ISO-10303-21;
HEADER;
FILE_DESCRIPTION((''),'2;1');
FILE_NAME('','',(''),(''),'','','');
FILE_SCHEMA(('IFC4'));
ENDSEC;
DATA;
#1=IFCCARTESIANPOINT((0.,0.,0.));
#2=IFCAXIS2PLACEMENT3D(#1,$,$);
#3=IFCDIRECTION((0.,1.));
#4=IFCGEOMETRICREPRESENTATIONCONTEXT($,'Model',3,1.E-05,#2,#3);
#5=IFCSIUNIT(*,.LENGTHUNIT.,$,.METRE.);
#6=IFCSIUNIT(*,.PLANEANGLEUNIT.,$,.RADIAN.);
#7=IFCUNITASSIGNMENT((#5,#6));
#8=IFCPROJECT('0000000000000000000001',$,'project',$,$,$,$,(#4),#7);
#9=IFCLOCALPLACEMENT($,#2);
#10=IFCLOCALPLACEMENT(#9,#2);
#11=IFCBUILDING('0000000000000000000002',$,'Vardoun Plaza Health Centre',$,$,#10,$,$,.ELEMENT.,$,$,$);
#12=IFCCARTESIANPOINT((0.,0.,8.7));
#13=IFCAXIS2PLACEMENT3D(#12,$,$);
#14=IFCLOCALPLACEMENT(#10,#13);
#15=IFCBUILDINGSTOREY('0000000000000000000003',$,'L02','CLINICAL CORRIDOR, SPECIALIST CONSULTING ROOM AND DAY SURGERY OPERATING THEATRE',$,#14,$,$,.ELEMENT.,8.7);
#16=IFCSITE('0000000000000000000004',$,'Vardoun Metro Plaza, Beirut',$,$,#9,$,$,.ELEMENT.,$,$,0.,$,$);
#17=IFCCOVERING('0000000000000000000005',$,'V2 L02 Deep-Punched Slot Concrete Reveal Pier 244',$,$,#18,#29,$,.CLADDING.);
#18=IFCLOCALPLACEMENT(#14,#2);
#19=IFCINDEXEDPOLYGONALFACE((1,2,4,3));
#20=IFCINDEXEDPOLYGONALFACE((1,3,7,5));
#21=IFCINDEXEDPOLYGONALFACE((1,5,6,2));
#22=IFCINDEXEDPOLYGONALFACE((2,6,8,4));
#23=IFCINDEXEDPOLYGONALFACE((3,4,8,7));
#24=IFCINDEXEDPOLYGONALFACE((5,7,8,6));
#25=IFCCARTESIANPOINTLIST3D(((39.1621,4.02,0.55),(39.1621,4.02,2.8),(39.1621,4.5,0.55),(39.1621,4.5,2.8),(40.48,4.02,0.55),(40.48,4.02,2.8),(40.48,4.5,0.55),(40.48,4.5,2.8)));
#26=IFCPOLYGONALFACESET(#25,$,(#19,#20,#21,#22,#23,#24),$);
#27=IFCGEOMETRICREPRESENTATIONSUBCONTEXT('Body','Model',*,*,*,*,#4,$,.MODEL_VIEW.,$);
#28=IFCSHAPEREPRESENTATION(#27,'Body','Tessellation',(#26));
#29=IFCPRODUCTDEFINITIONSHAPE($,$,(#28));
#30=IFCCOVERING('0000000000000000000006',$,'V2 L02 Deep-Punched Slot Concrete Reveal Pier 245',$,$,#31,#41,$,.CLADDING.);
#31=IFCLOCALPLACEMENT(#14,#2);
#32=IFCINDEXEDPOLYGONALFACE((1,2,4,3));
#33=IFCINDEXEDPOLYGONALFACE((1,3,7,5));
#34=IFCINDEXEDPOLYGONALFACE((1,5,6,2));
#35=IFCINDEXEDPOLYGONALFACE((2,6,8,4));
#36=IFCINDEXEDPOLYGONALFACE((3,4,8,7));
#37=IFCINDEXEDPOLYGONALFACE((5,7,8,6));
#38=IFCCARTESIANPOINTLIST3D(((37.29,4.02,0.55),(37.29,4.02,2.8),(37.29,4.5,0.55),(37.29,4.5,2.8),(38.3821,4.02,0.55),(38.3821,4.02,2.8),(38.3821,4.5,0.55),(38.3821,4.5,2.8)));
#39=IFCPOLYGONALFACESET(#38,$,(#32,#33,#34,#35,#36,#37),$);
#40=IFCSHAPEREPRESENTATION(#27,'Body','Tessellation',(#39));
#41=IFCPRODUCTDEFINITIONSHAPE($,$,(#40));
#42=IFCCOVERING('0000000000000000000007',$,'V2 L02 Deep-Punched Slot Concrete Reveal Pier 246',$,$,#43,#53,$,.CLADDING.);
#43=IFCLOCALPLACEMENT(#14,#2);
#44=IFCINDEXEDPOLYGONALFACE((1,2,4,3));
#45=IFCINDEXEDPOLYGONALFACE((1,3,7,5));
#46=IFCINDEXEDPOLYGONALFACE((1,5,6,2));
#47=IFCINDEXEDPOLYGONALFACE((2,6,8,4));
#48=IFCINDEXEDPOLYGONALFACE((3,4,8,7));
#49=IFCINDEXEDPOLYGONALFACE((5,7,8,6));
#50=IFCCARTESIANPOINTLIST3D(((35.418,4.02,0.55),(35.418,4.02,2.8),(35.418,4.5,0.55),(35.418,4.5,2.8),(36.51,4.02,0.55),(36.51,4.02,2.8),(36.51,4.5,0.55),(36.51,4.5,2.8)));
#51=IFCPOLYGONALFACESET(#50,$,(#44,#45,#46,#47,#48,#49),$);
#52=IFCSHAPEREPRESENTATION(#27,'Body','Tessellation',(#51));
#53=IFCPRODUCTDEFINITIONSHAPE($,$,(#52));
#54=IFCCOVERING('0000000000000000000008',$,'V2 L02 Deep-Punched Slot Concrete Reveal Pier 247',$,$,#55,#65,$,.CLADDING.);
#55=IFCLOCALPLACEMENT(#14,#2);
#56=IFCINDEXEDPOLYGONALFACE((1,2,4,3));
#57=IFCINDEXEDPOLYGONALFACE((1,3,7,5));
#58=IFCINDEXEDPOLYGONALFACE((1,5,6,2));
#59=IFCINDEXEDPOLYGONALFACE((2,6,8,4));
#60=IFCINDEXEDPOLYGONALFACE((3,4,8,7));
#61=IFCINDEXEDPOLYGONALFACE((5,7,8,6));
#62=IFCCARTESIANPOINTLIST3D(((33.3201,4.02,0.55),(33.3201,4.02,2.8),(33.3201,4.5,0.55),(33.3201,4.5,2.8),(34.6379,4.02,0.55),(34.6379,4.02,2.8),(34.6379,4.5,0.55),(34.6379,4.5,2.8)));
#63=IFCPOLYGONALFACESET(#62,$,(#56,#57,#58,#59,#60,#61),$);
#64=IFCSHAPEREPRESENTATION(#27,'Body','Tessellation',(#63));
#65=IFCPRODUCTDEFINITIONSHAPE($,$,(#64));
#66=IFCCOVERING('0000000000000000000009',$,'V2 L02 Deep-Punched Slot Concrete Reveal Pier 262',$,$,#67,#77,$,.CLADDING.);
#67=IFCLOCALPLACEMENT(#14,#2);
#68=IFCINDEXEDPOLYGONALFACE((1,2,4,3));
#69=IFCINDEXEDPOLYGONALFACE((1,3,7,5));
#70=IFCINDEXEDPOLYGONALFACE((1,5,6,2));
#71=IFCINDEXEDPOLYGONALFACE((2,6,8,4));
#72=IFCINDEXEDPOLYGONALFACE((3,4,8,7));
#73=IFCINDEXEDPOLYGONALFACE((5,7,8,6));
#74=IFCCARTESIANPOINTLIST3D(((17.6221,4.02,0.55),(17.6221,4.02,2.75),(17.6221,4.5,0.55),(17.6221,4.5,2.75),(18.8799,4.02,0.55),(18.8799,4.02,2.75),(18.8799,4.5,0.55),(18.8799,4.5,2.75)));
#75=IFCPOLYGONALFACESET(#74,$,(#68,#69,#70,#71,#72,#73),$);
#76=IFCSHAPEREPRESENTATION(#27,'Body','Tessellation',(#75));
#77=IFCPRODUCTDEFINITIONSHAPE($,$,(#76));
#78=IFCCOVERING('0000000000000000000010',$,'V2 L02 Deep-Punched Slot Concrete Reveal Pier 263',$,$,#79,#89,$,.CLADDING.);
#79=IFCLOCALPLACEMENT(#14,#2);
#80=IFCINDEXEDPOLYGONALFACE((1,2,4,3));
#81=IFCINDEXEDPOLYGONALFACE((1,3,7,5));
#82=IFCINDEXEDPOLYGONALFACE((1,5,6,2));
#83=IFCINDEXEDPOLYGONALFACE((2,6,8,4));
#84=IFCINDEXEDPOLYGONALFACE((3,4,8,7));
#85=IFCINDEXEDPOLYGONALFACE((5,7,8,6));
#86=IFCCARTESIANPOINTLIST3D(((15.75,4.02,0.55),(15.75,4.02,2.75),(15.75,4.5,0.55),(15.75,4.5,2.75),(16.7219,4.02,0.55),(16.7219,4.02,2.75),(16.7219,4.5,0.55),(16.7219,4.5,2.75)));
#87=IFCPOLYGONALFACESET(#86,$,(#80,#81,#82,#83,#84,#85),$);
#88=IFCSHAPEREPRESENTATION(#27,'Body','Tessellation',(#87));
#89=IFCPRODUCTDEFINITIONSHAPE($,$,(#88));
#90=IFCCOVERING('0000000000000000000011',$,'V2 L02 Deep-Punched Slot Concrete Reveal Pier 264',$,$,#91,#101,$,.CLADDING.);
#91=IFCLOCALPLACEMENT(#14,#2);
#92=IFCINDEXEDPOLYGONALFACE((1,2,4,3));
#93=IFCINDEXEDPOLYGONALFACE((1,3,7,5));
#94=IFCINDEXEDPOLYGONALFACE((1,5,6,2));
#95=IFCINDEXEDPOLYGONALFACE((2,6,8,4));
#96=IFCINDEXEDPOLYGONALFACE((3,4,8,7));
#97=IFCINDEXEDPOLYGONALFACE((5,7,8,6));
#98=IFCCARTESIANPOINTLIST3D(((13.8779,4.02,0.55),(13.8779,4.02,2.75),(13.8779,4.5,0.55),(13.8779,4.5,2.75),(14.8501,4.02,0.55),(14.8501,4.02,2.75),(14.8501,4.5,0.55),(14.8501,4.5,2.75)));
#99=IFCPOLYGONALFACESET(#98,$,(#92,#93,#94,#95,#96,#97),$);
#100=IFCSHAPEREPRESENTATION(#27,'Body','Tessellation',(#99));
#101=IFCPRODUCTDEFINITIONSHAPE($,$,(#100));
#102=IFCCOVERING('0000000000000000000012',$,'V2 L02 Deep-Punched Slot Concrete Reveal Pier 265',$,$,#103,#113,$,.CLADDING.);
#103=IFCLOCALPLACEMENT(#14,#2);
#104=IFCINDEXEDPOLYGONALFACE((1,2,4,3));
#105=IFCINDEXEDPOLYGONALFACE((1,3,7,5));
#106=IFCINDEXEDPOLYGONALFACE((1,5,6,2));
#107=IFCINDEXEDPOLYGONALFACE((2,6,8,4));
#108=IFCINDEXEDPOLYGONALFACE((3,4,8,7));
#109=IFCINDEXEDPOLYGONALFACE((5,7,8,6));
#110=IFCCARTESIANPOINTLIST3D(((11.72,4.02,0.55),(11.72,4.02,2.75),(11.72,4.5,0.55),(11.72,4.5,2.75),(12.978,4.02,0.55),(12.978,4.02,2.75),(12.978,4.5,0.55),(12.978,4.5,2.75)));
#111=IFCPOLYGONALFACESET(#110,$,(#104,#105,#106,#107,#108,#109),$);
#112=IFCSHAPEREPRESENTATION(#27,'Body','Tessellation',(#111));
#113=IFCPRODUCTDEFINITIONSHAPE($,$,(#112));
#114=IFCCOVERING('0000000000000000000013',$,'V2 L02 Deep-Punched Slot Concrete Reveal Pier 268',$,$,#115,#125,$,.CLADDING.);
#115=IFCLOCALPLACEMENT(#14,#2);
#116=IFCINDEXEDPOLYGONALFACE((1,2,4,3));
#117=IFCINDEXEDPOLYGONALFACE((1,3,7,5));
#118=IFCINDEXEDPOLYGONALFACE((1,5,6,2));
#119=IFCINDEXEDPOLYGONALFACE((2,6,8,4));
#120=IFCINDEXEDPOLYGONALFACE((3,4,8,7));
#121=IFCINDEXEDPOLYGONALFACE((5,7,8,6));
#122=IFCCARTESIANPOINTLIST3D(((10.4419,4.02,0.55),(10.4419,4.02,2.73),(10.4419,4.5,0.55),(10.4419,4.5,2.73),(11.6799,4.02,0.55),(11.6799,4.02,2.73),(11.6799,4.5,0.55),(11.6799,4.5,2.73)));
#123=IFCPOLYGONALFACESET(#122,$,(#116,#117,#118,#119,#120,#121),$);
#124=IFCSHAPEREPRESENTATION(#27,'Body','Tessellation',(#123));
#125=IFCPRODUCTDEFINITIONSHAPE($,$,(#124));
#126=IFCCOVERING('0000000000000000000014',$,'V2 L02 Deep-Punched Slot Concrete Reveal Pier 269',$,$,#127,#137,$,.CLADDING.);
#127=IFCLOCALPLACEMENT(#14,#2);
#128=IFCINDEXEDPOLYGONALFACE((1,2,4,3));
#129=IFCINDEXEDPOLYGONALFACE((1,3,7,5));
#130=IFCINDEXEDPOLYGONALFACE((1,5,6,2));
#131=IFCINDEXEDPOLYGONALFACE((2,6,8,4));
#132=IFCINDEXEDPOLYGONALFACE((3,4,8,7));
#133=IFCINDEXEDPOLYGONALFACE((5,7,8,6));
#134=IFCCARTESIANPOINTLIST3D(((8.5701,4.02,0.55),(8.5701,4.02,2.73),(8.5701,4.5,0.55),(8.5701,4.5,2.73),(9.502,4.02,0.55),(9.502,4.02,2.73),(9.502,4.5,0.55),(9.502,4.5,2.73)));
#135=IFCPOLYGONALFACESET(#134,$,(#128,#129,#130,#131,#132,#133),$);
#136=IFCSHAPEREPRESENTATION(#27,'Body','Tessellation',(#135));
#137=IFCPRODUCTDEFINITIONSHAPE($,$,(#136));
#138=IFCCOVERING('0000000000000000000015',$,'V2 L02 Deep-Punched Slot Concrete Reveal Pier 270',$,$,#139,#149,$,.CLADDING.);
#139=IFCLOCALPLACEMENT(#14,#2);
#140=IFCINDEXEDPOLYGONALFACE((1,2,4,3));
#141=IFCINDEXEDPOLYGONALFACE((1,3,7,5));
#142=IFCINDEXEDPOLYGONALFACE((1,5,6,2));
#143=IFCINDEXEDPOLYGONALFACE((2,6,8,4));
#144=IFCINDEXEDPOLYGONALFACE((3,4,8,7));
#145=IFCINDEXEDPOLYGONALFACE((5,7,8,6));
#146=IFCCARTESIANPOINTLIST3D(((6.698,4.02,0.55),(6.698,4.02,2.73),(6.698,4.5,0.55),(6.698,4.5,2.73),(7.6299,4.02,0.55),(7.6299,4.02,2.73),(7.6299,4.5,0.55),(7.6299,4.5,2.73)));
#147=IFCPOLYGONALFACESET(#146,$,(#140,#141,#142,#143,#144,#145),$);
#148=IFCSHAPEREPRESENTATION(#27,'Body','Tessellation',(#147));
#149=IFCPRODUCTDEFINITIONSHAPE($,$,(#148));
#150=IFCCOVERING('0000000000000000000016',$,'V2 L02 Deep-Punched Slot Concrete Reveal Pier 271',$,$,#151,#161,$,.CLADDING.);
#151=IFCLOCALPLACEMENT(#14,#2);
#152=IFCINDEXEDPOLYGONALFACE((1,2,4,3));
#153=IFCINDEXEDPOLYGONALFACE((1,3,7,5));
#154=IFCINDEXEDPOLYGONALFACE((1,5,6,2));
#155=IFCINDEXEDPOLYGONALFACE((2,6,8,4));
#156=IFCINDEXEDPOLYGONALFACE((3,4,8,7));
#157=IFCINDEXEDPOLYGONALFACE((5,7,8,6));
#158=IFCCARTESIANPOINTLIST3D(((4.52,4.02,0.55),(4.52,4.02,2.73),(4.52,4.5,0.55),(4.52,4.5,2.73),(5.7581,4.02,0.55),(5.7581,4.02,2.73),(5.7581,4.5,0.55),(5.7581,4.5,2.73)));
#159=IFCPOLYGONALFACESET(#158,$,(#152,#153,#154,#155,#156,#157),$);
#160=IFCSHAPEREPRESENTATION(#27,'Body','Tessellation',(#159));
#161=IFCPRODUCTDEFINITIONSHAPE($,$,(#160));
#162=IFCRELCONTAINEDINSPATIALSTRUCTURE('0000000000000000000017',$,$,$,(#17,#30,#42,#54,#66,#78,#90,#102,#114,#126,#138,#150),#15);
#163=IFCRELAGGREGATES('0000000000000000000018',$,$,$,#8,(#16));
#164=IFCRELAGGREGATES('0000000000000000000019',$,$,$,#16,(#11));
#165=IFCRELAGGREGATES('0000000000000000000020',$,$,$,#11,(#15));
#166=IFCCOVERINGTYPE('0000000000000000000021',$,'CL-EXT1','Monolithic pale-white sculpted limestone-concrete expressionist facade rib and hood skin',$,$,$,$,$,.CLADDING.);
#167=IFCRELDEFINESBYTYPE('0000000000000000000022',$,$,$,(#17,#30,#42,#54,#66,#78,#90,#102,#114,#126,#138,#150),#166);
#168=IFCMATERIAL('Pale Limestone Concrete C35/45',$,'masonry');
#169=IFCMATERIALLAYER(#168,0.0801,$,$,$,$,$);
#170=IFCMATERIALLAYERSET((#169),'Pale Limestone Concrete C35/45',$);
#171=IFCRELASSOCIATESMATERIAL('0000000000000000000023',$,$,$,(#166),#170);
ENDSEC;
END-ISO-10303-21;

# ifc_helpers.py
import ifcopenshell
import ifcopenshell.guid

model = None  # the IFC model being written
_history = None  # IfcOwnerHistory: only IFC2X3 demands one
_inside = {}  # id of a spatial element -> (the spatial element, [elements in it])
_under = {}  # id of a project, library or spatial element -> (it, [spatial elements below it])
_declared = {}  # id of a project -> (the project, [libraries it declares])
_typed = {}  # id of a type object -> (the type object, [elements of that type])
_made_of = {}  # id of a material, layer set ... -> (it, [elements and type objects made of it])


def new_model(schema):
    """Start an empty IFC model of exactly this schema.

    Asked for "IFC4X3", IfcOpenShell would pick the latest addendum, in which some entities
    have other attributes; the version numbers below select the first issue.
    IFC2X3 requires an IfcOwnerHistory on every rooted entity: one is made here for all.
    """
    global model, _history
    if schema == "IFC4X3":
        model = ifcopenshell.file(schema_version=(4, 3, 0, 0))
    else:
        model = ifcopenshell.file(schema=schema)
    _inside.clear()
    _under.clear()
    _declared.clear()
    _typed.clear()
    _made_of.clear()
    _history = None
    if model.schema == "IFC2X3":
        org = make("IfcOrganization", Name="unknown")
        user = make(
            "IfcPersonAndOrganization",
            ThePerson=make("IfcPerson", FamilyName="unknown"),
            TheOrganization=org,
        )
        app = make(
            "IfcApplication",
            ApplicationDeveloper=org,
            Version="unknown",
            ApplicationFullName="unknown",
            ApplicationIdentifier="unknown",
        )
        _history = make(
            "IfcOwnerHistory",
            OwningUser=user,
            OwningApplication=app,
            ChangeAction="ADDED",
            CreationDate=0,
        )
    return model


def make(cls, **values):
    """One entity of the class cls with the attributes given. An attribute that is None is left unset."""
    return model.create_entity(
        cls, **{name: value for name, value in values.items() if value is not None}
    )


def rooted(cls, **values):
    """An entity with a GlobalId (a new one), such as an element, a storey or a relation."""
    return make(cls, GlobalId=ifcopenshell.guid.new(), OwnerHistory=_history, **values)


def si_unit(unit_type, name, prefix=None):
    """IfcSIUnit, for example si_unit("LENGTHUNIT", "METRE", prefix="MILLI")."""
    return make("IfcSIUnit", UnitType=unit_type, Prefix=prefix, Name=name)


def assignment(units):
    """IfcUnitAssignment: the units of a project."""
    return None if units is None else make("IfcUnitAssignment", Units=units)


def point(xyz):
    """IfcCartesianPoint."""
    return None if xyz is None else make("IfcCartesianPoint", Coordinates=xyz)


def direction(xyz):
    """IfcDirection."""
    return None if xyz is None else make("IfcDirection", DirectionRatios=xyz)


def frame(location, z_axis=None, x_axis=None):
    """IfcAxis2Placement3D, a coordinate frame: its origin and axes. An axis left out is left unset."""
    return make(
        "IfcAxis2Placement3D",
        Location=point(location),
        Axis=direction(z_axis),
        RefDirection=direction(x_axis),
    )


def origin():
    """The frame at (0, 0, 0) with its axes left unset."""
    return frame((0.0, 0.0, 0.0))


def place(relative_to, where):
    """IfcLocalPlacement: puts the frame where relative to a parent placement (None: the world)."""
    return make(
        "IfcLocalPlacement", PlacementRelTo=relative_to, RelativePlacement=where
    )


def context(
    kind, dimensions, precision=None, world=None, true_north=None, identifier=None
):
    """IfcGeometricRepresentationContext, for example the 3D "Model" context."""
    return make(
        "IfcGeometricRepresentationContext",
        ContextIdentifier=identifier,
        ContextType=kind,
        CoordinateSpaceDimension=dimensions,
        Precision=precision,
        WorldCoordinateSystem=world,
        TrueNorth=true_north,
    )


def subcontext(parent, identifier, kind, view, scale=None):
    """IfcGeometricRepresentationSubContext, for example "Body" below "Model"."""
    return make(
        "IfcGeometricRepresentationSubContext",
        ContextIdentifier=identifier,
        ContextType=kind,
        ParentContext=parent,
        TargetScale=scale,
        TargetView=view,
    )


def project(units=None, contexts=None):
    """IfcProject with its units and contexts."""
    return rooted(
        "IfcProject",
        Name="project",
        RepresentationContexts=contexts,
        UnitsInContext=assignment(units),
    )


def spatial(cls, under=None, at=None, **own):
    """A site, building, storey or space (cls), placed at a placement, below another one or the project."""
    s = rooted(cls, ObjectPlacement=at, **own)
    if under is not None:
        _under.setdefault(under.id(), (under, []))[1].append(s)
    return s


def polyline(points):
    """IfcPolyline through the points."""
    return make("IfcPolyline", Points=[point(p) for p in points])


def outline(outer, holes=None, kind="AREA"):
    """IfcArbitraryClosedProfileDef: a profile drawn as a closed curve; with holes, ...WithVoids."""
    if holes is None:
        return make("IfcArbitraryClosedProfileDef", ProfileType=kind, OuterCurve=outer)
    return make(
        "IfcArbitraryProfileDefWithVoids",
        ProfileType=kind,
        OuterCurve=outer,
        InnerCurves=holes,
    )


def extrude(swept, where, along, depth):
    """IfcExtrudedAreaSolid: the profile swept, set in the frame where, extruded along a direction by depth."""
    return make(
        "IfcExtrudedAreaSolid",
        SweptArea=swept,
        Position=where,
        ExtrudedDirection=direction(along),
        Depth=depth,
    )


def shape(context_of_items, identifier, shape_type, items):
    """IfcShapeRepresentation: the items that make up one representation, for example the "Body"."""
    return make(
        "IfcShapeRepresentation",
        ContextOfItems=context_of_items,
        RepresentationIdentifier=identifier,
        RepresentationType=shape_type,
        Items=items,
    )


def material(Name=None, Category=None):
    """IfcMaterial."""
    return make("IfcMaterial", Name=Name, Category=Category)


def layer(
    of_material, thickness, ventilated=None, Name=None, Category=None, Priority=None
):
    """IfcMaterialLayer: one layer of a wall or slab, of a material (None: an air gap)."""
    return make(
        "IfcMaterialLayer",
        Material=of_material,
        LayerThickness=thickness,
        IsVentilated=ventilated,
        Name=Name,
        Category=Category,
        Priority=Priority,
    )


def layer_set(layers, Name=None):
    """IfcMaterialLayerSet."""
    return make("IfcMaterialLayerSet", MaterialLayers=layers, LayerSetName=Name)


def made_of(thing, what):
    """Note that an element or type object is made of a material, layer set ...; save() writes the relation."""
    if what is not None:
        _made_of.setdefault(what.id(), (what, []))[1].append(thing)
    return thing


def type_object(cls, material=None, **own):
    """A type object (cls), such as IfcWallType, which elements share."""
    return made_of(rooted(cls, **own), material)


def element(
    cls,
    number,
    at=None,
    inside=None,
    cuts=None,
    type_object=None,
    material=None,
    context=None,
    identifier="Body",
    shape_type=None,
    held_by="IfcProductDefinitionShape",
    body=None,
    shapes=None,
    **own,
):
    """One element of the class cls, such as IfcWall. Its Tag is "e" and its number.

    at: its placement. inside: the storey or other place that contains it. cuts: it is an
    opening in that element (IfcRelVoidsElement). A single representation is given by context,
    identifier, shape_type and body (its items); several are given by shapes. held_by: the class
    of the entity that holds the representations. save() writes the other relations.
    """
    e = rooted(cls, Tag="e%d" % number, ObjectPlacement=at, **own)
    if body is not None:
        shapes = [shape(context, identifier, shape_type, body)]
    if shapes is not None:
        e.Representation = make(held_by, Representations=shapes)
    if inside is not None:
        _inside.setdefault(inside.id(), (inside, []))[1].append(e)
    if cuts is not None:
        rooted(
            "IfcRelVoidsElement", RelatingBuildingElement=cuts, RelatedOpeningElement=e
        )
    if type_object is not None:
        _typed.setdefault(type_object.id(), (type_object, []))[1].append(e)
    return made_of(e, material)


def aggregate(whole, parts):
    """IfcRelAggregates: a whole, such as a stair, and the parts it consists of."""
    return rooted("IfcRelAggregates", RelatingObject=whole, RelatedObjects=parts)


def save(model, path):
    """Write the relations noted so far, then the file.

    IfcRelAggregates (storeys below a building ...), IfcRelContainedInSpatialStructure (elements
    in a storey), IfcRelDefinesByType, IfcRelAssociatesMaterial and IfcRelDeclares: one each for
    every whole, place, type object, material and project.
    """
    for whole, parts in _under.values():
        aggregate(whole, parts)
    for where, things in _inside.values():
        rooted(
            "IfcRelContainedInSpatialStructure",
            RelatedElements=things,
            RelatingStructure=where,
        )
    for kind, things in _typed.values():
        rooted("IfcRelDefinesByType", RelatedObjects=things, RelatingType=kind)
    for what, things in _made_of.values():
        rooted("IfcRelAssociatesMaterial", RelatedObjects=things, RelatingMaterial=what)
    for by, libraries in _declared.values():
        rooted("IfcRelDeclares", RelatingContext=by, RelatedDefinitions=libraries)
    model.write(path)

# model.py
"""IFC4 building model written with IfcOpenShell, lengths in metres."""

from ifc_helpers import new_model, si_unit, direction, frame, origin, place, context, subcontext, project, spatial, polyline, outline, extrude, material, layer, layer_set, type_object, element, save


model = new_model("IFC4")

# Units and contexts
model_context = context("Model", 3, precision=1e-05, world=origin(), true_north=direction((0.0, 1.0)))
body_context = subcontext(model_context, "Body", "Model", "MODEL_VIEW")
ifc_project = project(units=[si_unit("LENGTHUNIT", "METRE"), si_unit("PLANEANGLEUNIT", "RADIAN")], contexts=[model_context])

# Site, building, storey
site_placement = place(None, origin())
site = spatial("IfcSite", under=ifc_project, at=site_placement, Name="Vardoun Metro Plaza, Beirut", CompositionType="ELEMENT", RefElevation=0.0)
building_placement = place(site_placement, origin())
building = spatial("IfcBuilding", under=site, at=building_placement, Name="Vardoun Plaza Health Centre", CompositionType="ELEMENT")
storey_placement = place(building_placement, frame((0.0, 0.0, 8.7)))
storey = spatial("IfcBuildingStorey", under=building, at=storey_placement, Name="L02", Description="CLINICAL CORRIDOR, SPECIALIST CONSULTING ROOM AND DAY SURGERY OPERATING THEATRE", CompositionType="ELEMENT", Elevation=8.7)

# Coverings
ifc_material = material(Name="Pale Limestone Concrete C35/45", Category="masonry")
ifc_layer = layer(ifc_material, 0.0801)
ifc_layer_set = layer_set([ifc_layer], Name="Pale Limestone Concrete C35/45")
covering_type = type_object("IfcCoveringType", Name="CL-EXT1", Description="Monolithic pale-white sculpted limestone-concrete expressionist facade rib and hood skin", PredefinedType="CLADDING", material=ifc_layer_set)
covering_1_placement = place(storey_placement, frame((0.0, 0.0, 0.55)))
element("IfcCovering", 1, at=covering_1_placement, inside=storey, type_object=covering_type, Name="V2 L02 Deep-Punched Slot Concrete Reveal Pier 244", PredefinedType="CLADDING", context=body_context, shape_type="SweptSolid", body=[
    extrude(outline(polyline([(40.48, 4.5), (39.1621, 4.5), (39.1621, 4.02), (40.48, 4.02), (40.48, 4.5)])), origin(), (0.0, 0.0, 1.0), 2.25),
])
covering_2_placement = place(storey_placement, frame((0.0, 0.0, 0.55)))
element("IfcCovering", 2, at=covering_2_placement, inside=storey, type_object=covering_type, Name="V2 L02 Deep-Punched Slot Concrete Reveal Pier 245", PredefinedType="CLADDING", context=body_context, shape_type="SweptSolid", body=[
    extrude(outline(polyline([(38.3821, 4.5), (37.29, 4.5), (37.29, 4.02), (38.3821, 4.02), (38.3821, 4.5)])), origin(), (0.0, 0.0, 1.0), 2.25),
])
covering_3_placement = place(storey_placement, frame((0.0, 0.0, 0.55)))
element("IfcCovering", 3, at=covering_3_placement, inside=storey, type_object=covering_type, Name="V2 L02 Deep-Punched Slot Concrete Reveal Pier 246", PredefinedType="CLADDING", context=body_context, shape_type="SweptSolid", body=[
    extrude(outline(polyline([(36.51, 4.5), (35.418, 4.5), (35.418, 4.02), (36.51, 4.02), (36.51, 4.5)])), origin(), (0.0, 0.0, 1.0), 2.25),
])
covering_4_placement = place(storey_placement, frame((0.0, 0.0, 0.55)))
element("IfcCovering", 4, at=covering_4_placement, inside=storey, type_object=covering_type, Name="V2 L02 Deep-Punched Slot Concrete Reveal Pier 247", PredefinedType="CLADDING", context=body_context, shape_type="SweptSolid", body=[
    extrude(outline(polyline([(34.6379, 4.5), (33.3201, 4.5), (33.3201, 4.02), (34.6379, 4.02), (34.6379, 4.5)])), origin(), (0.0, 0.0, 1.0), 2.25),
])
covering_5_placement = place(storey_placement, frame((0.0, 0.0, 0.55)))
element("IfcCovering", 5, at=covering_5_placement, inside=storey, type_object=covering_type, Name="V2 L02 Deep-Punched Slot Concrete Reveal Pier 262", PredefinedType="CLADDING", context=body_context, shape_type="SweptSolid", body=[
    extrude(outline(polyline([(18.8799, 4.5), (17.6221, 4.5), (17.6221, 4.02), (18.8799, 4.02), (18.8799, 4.5)])), origin(), (0.0, 0.0, 1.0), 2.2),
])
covering_6_placement = place(storey_placement, frame((0.0, 0.0, 0.55)))
element("IfcCovering", 6, at=covering_6_placement, inside=storey, type_object=covering_type, Name="V2 L02 Deep-Punched Slot Concrete Reveal Pier 263", PredefinedType="CLADDING", context=body_context, shape_type="SweptSolid", body=[
    extrude(outline(polyline([(16.7219, 4.5), (15.75, 4.5), (15.75, 4.02), (16.7219, 4.02), (16.7219, 4.5)])), origin(), (0.0, 0.0, 1.0), 2.2),
])
covering_7_placement = place(storey_placement, frame((0.0, 0.0, 0.55)))
element("IfcCovering", 7, at=covering_7_placement, inside=storey, type_object=covering_type, Name="V2 L02 Deep-Punched Slot Concrete Reveal Pier 264", PredefinedType="CLADDING", context=body_context, shape_type="SweptSolid", body=[
    extrude(outline(polyline([(14.8501, 4.5), (13.8779, 4.5), (13.8779, 4.02), (14.8501, 4.02), (14.8501, 4.5)])), origin(), (0.0, 0.0, 1.0), 2.2),
])
covering_8_placement = place(storey_placement, frame((0.0, 0.0, 0.55)))
element("IfcCovering", 8, at=covering_8_placement, inside=storey, type_object=covering_type, Name="V2 L02 Deep-Punched Slot Concrete Reveal Pier 265", PredefinedType="CLADDING", context=body_context, shape_type="SweptSolid", body=[
    extrude(outline(polyline([(12.978, 4.5), (11.72, 4.5), (11.72, 4.02), (12.978, 4.02), (12.978, 4.5)])), origin(), (0.0, 0.0, 1.0), 2.2),
])
covering_9_placement = place(storey_placement, frame((0.0, 0.0, 0.55)))
element("IfcCovering", 9, at=covering_9_placement, inside=storey, type_object=covering_type, Name="V2 L02 Deep-Punched Slot Concrete Reveal Pier 268", PredefinedType="CLADDING", context=body_context, shape_type="SweptSolid", body=[
    extrude(outline(polyline([(11.6799, 4.5), (10.4419, 4.5), (10.4419, 4.02), (11.6799, 4.02), (11.6799, 4.5)])), origin(), (0.0, 0.0, 1.0), 2.1799),
])
covering_10_placement = place(storey_placement, frame((0.0, 0.0, 0.55)))
element("IfcCovering", 10, at=covering_10_placement, inside=storey, type_object=covering_type, Name="V2 L02 Deep-Punched Slot Concrete Reveal Pier 269", PredefinedType="CLADDING", context=body_context, shape_type="SweptSolid", body=[
    extrude(outline(polyline([(9.502, 4.5), (8.5701, 4.5), (8.5701, 4.02), (9.502, 4.02), (9.502, 4.5)])), origin(), (0.0, 0.0, 1.0), 2.1799),
])
covering_11_placement = place(storey_placement, frame((0.0, 0.0, 0.55)))
element("IfcCovering", 11, at=covering_11_placement, inside=storey, type_object=covering_type, Name="V2 L02 Deep-Punched Slot Concrete Reveal Pier 270", PredefinedType="CLADDING", context=body_context, shape_type="SweptSolid", body=[
    extrude(outline(polyline([(7.6299, 4.5), (6.698, 4.5), (6.698, 4.02), (7.6299, 4.02), (7.6299, 4.5)])), origin(), (0.0, 0.0, 1.0), 2.1799),
])
covering_12_placement = place(storey_placement, frame((0.0, 0.0, 0.55)))
element("IfcCovering", 12, at=covering_12_placement, inside=storey, type_object=covering_type, Name="V2 L02 Deep-Punched Slot Concrete Reveal Pier 271", PredefinedType="CLADDING", context=body_context, shape_type="SweptSolid", body=[
    extrude(outline(polyline([(5.7581, 4.5), (4.52, 4.5), (4.52, 4.02), (5.7581, 4.02), (5.7581, 4.5)])), origin(), (0.0, 0.0, 1.0), 2.1799),
])

save(model, "model.ifc")
